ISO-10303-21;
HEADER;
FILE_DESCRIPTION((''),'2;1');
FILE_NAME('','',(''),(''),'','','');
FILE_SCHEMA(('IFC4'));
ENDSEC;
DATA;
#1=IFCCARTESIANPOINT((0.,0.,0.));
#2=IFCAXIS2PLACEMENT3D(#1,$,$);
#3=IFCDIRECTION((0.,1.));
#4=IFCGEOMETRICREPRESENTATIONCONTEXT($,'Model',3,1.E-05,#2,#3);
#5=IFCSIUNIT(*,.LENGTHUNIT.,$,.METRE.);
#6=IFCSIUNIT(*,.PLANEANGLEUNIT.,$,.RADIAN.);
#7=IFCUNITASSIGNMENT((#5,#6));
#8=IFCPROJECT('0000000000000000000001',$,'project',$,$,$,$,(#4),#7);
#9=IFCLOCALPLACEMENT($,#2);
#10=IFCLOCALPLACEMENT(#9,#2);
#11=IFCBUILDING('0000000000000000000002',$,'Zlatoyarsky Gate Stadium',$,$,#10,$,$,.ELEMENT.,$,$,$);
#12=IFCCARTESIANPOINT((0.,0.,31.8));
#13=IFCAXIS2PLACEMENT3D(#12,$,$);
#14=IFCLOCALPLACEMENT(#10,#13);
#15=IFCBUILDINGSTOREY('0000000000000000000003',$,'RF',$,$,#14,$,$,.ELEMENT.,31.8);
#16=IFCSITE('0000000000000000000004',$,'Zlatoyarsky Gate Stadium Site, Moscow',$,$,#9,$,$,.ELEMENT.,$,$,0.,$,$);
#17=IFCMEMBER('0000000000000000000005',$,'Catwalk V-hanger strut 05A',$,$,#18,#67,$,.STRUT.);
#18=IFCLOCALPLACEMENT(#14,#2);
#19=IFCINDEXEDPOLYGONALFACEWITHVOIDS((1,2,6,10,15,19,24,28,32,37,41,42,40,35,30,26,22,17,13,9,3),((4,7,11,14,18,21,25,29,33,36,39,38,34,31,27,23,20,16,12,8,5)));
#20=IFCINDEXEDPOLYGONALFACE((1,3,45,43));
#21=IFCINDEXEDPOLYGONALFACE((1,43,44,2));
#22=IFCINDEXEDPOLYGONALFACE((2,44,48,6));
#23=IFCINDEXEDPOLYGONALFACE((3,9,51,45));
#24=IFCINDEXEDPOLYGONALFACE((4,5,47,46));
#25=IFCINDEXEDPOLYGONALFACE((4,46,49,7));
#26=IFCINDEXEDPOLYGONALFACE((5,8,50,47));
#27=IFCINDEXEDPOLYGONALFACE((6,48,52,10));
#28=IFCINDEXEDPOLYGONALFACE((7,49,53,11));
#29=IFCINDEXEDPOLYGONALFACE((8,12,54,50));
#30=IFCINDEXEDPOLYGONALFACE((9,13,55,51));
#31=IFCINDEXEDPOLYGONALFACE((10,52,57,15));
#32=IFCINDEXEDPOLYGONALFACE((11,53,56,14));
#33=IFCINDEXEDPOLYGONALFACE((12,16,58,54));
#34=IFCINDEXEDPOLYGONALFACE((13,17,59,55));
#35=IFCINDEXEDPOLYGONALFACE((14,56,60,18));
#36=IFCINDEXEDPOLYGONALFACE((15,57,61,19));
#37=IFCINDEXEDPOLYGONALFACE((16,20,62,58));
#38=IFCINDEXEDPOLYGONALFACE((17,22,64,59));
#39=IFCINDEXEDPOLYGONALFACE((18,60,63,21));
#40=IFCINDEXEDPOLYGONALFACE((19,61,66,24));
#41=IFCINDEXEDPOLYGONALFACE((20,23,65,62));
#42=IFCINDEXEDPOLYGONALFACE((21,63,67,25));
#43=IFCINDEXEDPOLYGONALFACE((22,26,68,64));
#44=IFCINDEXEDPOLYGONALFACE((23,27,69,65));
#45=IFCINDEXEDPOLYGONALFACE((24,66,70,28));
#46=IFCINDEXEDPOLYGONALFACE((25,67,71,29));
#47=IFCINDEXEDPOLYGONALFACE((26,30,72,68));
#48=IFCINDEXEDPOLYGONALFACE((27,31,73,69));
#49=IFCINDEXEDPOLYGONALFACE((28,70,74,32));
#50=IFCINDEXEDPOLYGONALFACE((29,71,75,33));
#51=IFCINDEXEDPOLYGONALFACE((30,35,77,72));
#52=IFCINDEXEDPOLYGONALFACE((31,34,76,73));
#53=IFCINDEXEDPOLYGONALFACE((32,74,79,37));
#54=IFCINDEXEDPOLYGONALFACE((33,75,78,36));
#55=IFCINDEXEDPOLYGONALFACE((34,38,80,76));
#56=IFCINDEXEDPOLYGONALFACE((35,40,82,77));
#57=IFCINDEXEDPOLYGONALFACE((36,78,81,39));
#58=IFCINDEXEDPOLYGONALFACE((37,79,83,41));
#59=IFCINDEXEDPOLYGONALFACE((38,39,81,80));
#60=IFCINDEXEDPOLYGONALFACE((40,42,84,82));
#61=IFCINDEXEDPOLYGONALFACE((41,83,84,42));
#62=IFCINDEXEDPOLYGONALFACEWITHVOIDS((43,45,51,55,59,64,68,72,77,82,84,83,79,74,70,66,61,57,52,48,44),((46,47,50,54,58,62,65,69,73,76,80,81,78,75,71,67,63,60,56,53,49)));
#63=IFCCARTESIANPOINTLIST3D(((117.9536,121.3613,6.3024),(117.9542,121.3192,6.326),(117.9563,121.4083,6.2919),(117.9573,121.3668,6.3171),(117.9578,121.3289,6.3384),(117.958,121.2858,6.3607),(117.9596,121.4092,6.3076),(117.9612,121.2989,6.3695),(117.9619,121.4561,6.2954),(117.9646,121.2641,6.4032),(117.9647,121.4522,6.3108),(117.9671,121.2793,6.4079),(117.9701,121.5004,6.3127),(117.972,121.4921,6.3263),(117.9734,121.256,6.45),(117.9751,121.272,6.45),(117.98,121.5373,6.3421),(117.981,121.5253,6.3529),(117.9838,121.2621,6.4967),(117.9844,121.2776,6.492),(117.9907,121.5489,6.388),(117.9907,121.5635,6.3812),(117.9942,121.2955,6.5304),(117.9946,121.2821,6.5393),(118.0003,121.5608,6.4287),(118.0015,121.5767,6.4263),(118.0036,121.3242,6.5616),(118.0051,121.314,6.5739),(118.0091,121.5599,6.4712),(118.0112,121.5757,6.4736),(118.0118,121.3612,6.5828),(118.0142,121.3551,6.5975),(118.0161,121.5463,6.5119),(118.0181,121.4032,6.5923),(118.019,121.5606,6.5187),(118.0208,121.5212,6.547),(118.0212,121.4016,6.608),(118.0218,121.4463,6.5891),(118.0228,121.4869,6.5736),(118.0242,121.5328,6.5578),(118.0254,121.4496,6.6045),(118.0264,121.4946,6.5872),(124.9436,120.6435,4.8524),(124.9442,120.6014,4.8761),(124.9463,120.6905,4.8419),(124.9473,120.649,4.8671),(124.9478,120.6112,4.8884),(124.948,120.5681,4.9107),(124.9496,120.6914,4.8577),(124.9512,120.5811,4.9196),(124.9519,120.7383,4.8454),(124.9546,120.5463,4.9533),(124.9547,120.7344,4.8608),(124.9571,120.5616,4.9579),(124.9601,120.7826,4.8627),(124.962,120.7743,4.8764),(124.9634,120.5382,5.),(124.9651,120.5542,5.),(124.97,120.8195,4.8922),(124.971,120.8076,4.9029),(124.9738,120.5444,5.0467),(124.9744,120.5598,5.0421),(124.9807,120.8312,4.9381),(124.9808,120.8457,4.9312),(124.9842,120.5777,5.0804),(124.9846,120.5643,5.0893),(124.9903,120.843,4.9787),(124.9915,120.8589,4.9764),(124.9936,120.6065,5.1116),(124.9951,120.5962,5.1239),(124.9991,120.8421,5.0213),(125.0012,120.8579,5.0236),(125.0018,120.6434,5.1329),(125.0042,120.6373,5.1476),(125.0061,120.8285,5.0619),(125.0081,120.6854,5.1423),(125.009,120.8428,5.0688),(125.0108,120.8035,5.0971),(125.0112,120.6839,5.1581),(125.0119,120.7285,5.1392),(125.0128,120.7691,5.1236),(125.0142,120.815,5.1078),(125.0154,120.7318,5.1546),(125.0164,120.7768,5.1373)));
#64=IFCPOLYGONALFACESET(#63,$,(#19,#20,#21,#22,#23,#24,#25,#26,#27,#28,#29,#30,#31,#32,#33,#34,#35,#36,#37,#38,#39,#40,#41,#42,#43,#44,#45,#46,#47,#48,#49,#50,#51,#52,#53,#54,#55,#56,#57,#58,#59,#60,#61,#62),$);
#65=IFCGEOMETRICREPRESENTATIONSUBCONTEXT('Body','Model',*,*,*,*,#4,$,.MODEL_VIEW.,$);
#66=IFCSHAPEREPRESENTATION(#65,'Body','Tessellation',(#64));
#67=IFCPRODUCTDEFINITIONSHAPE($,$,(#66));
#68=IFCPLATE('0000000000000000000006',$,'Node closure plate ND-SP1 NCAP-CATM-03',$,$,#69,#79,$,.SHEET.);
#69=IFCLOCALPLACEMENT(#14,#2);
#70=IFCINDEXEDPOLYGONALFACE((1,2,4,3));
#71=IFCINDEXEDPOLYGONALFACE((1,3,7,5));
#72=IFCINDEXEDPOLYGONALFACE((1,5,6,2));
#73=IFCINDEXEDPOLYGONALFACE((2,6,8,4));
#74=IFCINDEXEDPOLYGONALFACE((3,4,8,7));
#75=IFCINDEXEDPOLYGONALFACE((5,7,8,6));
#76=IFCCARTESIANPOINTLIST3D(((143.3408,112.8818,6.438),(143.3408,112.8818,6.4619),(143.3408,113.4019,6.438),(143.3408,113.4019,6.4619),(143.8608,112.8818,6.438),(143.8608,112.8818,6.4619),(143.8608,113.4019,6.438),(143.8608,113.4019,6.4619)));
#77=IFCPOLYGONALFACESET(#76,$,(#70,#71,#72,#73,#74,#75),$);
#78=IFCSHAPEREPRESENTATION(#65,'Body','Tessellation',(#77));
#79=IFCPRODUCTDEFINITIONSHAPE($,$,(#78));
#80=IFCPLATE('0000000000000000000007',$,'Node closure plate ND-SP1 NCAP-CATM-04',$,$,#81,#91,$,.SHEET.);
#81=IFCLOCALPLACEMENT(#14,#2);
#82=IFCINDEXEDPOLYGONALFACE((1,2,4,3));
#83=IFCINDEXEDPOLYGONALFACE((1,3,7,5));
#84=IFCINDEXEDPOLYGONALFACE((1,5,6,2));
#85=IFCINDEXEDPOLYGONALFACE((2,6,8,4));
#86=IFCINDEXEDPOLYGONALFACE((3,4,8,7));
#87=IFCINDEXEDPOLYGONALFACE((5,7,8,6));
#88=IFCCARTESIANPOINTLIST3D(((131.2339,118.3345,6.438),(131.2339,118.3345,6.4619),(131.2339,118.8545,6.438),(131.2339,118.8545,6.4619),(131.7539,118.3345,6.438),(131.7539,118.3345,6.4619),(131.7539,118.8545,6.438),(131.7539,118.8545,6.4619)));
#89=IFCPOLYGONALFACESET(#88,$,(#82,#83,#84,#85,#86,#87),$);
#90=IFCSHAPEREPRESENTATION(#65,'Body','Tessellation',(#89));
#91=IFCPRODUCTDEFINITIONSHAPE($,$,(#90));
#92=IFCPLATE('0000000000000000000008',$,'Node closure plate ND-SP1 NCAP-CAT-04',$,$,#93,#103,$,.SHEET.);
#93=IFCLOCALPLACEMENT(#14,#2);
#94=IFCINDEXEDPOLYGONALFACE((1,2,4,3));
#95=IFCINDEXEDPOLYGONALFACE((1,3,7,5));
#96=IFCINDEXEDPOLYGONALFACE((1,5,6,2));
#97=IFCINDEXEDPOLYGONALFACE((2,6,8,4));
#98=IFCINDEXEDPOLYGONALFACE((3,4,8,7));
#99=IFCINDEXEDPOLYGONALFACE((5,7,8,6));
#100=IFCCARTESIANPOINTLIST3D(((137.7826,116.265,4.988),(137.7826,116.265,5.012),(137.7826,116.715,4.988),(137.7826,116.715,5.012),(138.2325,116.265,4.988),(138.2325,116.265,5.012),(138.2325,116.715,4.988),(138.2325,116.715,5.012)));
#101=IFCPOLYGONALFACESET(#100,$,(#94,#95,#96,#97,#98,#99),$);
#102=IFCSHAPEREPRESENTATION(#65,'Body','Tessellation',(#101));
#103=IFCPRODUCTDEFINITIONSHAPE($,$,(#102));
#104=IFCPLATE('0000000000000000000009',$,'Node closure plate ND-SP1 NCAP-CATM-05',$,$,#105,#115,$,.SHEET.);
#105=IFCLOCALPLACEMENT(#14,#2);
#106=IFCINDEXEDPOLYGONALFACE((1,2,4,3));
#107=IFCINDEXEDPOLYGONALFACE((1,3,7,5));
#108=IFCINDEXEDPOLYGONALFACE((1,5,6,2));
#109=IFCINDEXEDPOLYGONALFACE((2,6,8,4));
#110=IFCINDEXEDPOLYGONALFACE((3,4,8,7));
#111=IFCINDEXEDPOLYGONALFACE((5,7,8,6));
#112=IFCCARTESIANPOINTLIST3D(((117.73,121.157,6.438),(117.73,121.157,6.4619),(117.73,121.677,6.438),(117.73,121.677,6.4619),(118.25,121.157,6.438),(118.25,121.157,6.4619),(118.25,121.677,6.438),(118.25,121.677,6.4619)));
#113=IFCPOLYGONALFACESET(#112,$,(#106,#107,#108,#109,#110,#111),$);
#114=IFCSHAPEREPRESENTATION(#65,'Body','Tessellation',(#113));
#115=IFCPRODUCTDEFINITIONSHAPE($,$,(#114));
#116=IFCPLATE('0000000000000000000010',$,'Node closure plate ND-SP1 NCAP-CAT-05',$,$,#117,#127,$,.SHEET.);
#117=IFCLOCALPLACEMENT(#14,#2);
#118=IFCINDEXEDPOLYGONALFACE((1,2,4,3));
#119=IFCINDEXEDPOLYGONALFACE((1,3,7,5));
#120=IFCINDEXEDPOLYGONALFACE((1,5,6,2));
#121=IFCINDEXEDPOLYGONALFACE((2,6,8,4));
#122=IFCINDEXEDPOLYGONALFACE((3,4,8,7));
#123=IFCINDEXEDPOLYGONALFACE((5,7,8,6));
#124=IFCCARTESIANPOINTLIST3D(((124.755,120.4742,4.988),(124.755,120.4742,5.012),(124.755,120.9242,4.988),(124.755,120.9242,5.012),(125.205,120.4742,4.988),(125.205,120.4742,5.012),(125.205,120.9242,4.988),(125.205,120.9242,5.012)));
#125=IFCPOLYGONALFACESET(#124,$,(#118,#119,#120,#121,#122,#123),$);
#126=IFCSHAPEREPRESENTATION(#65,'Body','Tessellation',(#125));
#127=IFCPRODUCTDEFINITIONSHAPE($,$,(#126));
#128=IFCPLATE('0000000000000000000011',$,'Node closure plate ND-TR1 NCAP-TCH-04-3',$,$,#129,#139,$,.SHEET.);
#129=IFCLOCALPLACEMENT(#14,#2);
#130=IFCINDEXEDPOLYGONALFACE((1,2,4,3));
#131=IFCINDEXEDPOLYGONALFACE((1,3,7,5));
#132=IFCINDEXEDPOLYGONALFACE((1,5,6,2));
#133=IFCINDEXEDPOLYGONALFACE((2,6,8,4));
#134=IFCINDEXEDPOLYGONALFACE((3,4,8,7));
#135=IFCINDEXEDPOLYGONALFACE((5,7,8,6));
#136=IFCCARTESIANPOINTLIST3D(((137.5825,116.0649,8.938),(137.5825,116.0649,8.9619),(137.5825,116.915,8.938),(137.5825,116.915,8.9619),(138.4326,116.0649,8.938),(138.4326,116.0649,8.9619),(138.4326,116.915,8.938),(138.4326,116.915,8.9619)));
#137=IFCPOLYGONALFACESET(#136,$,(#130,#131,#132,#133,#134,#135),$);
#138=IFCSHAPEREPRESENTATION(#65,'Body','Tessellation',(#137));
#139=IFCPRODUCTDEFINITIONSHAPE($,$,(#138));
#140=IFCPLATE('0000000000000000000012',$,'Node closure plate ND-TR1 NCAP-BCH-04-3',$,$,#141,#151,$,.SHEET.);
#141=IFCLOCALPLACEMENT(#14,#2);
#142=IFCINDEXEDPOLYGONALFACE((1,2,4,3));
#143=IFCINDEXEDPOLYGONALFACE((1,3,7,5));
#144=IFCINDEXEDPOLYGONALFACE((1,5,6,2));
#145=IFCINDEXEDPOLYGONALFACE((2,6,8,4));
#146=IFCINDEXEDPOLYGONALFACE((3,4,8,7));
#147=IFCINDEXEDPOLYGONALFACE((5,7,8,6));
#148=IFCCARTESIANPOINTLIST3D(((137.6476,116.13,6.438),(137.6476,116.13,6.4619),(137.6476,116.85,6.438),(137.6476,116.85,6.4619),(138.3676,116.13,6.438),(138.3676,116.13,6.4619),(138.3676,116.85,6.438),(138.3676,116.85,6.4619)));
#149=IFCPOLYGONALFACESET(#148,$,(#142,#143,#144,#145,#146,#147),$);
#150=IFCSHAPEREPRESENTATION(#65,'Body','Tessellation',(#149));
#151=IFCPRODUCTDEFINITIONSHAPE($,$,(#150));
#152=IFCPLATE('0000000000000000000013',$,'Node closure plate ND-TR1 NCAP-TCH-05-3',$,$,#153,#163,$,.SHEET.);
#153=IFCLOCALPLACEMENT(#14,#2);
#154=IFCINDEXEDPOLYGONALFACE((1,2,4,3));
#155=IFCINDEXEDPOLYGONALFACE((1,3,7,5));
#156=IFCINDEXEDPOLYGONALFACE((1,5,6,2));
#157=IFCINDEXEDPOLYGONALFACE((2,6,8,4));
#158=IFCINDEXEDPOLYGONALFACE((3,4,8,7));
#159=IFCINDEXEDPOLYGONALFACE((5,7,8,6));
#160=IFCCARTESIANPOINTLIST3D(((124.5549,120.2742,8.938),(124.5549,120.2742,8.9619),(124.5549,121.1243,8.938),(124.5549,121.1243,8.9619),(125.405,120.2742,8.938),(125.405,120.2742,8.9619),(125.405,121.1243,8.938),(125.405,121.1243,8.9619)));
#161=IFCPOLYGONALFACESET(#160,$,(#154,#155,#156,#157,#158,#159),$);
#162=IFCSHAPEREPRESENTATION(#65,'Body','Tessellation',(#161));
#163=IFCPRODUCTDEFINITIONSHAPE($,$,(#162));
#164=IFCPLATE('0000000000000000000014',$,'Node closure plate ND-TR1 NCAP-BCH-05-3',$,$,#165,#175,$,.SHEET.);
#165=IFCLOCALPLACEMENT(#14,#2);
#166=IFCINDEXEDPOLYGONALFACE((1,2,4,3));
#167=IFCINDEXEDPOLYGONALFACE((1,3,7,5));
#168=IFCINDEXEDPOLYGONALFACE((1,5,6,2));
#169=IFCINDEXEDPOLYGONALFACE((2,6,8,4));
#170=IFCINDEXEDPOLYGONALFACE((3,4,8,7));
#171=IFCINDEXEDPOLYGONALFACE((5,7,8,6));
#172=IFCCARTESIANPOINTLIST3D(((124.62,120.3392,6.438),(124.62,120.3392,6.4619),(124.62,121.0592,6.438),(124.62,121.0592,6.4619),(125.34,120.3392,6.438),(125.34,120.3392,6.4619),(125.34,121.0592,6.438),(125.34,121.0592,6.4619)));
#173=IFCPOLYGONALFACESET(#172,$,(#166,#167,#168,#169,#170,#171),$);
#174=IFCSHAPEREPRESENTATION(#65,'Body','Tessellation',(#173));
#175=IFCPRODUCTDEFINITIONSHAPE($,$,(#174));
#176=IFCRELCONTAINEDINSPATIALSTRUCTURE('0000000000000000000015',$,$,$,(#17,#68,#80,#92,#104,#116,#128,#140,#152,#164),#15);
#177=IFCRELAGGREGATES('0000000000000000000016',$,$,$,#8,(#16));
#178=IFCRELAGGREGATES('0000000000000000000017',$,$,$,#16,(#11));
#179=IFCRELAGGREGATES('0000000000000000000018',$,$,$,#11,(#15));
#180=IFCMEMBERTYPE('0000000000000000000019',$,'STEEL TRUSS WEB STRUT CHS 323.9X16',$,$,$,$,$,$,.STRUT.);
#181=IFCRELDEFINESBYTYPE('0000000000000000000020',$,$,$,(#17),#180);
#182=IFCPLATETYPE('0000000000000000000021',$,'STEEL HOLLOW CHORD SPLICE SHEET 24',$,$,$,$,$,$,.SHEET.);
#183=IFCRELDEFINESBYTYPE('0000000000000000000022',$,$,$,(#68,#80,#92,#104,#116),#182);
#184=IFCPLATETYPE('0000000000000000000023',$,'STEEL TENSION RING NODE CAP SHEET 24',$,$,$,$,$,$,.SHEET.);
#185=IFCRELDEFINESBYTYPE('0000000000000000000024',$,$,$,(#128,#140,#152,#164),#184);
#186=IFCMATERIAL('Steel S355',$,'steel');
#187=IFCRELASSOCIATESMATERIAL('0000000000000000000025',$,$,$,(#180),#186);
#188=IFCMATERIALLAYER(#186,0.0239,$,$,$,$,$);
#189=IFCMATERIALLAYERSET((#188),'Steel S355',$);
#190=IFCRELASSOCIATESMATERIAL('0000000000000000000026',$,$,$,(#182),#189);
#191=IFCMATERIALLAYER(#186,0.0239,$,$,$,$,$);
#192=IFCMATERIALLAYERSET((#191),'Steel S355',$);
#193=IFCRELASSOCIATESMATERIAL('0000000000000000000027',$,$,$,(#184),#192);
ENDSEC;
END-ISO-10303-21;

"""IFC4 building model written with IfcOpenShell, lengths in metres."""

from ifc_helpers import new_model, si_unit, direction, frame, origin, origin_2d, place, context, subcontext, project, spatial, rectangle, hollow_circle, extrude, material, layer, layer_set, material_profile, profile_set, type_object, element, save


model = new_model("IFC4")

# Units and contexts
model_context = context("Model", 3, precision=1e-05, world=origin(), true_north=direction((0.0, 1.0)))
body_context = subcontext(model_context, "Body", "Model", "MODEL_VIEW")
ifc_project = project(units=[si_unit("LENGTHUNIT", "METRE"), si_unit("PLANEANGLEUNIT", "RADIAN")], contexts=[model_context])

# Site, building, storey
site_placement = place(None, origin())
site = spatial("IfcSite", under=ifc_project, at=site_placement, Name="Zlatoyarsky Gate Stadium Site, Moscow", CompositionType="ELEMENT", RefElevation=0.0)
building_placement = place(site_placement, origin())
building = spatial("IfcBuilding", under=site, at=building_placement, Name="Zlatoyarsky Gate Stadium", CompositionType="ELEMENT")
storey_placement = place(building_placement, frame((0.0, 0.0, 31.8)))
storey = spatial("IfcBuildingStorey", under=building, at=storey_placement, Name="RF", CompositionType="ELEMENT", Elevation=31.8)

# Shared definitions
ifc_material = material(Name="Steel S355", Category="steel")

# Member
ifc_material_profile_1 = material_profile(ifc_material, hollow_circle(Radius=0.1619, WallThickness=0.0161, at=origin_2d()), Name="CHS 323.9X16")
ifc_profile_set_1 = profile_set([ifc_material_profile_1], Name="Steel S355")
member_type_1 = type_object("IfcMemberType", Name="STEEL TRUSS WEB STRUT CHS 323.9X16", PredefinedType="STRUT", material=ifc_profile_set_1)
member_1_placement = place(storey_placement, frame((124.98, 120.6992, 5.0), z_axis=(-0.974244, 0.100041, 0.20209), x_axis=(-0.102149, -0.994769, 0.0)))
element("IfcMember", 1, at=member_1_placement, inside=storey, type_object=member_type_1, Name="Catwalk V-hanger strut 05A", PredefinedType="STRUT", context=body_context, shape_type="SweptSolid", body=[
    extrude(hollow_circle(Radius=0.1619, WallThickness=0.0161, at=origin_2d()), origin(), (0.0, 0.0, 1.0), 7.1748),
])

# Plates
ifc_layer_1 = layer(ifc_material, 0.0239)
ifc_layer_set_1 = layer_set([ifc_layer_1], Name="Steel S355")
plate_type_1 = type_object("IfcPlateType", Name="STEEL HOLLOW CHORD SPLICE SHEET 24", PredefinedType="SHEET", material=ifc_layer_set_1)
for number, where, z_axis, x_axis, name in (
    (2, (143.6008, 113.1418, 6.438), (0.0, 0.0, 1.0), (1.0, 0.0, 0.0), "Node closure plate ND-SP1 NCAP-CATM-03"),
    (3, (131.4939, 118.5945, 6.438), (0.0, 0.0, 1.0), (1.0, 0.0, 0.0), "Node closure plate ND-SP1 NCAP-CATM-04"),
):
    element("IfcPlate", number, at=place(storey_placement, frame(where, z_axis=z_axis, x_axis=x_axis)), inside=storey, type_object=plate_type_1, Name=name, PredefinedType="SHEET", context=body_context, shape_type="SweptSolid", body=[
        extrude(rectangle(XDim=0.52, YDim=0.52, at=origin_2d()), origin(), (0.0, 0.0, 1.0), 0.0239),
    ])
plate_1_placement = place(storey_placement, frame((138.0076, 116.49, 4.988), z_axis=(0.0, 0.0, 1.0), x_axis=(1.0, 0.0, 0.0)))
element("IfcPlate", 4, at=plate_1_placement, inside=storey, type_object=plate_type_1, Name="Node closure plate ND-SP1 NCAP-CAT-04", PredefinedType="SHEET", context=body_context, shape_type="SweptSolid", body=[
    extrude(rectangle(XDim=0.45, YDim=0.45, at=origin_2d()), origin(), (0.0, 0.0, 1.0), 0.0239),
])
plate_2_placement = place(storey_placement, frame((117.99, 121.417, 6.438), z_axis=(0.0, 0.0, 1.0), x_axis=(1.0, 0.0, 0.0)))
element("IfcPlate", 5, at=plate_2_placement, inside=storey, type_object=plate_type_1, Name="Node closure plate ND-SP1 NCAP-CATM-05", PredefinedType="SHEET", context=body_context, shape_type="SweptSolid", body=[
    extrude(rectangle(XDim=0.52, YDim=0.52, at=origin_2d()), origin(), (0.0, 0.0, 1.0), 0.0239),
])
plate_3_placement = place(storey_placement, frame((124.98, 120.6992, 4.988), z_axis=(0.0, 0.0, 1.0), x_axis=(1.0, 0.0, 0.0)))
element("IfcPlate", 6, at=plate_3_placement, inside=storey, type_object=plate_type_1, Name="Node closure plate ND-SP1 NCAP-CAT-05", PredefinedType="SHEET", context=body_context, shape_type="SweptSolid", body=[
    extrude(rectangle(XDim=0.45, YDim=0.45, at=origin_2d()), origin(), (0.0, 0.0, 1.0), 0.0239),
])
ifc_layer_2 = layer(ifc_material, 0.0239)
ifc_layer_set_2 = layer_set([ifc_layer_2], Name="Steel S355")
plate_type_2 = type_object("IfcPlateType", Name="STEEL TENSION RING NODE CAP SHEET 24", PredefinedType="SHEET", material=ifc_layer_set_2)
plate_4_placement = place(storey_placement, frame((138.0076, 116.49, 8.938), z_axis=(0.0, 0.0, 1.0), x_axis=(1.0, 0.0, 0.0)))
element("IfcPlate", 7, at=plate_4_placement, inside=storey, type_object=plate_type_2, Name="Node closure plate ND-TR1 NCAP-TCH-04-3", PredefinedType="SHEET", context=body_context, shape_type="SweptSolid", body=[
    extrude(rectangle(XDim=0.8501, YDim=0.8501, at=origin_2d()), origin(), (0.0, 0.0, 1.0), 0.0239),
])
plate_5_placement = place(storey_placement, frame((138.0076, 116.49, 6.438), z_axis=(0.0, 0.0, 1.0), x_axis=(1.0, 0.0, 0.0)))
element("IfcPlate", 8, at=plate_5_placement, inside=storey, type_object=plate_type_2, Name="Node closure plate ND-TR1 NCAP-BCH-04-3", PredefinedType="SHEET", context=body_context, shape_type="SweptSolid", body=[
    extrude(rectangle(XDim=0.72, YDim=0.72, at=origin_2d()), origin(), (0.0, 0.0, 1.0), 0.0239),
])
plate_6_placement = place(storey_placement, frame((124.98, 120.6992, 8.938), z_axis=(0.0, 0.0, 1.0), x_axis=(1.0, 0.0, 0.0)))
element("IfcPlate", 9, at=plate_6_placement, inside=storey, type_object=plate_type_2, Name="Node closure plate ND-TR1 NCAP-TCH-05-3", PredefinedType="SHEET", context=body_context, shape_type="SweptSolid", body=[
    extrude(rectangle(XDim=0.8501, YDim=0.8501, at=origin_2d()), origin(), (0.0, 0.0, 1.0), 0.0239),
])
plate_7_placement = place(storey_placement, frame((124.98, 120.6992, 6.438), z_axis=(0.0, 0.0, 1.0), x_axis=(1.0, 0.0, 0.0)))
element("IfcPlate", 10, at=plate_7_placement, inside=storey, type_object=plate_type_2, Name="Node closure plate ND-TR1 NCAP-BCH-05-3", PredefinedType="SHEET", context=body_context, shape_type="SweptSolid", body=[
    extrude(rectangle(XDim=0.72, YDim=0.72, at=origin_2d()), origin(), (0.0, 0.0, 1.0), 0.0239),
])

save(model, "model.ifc")
